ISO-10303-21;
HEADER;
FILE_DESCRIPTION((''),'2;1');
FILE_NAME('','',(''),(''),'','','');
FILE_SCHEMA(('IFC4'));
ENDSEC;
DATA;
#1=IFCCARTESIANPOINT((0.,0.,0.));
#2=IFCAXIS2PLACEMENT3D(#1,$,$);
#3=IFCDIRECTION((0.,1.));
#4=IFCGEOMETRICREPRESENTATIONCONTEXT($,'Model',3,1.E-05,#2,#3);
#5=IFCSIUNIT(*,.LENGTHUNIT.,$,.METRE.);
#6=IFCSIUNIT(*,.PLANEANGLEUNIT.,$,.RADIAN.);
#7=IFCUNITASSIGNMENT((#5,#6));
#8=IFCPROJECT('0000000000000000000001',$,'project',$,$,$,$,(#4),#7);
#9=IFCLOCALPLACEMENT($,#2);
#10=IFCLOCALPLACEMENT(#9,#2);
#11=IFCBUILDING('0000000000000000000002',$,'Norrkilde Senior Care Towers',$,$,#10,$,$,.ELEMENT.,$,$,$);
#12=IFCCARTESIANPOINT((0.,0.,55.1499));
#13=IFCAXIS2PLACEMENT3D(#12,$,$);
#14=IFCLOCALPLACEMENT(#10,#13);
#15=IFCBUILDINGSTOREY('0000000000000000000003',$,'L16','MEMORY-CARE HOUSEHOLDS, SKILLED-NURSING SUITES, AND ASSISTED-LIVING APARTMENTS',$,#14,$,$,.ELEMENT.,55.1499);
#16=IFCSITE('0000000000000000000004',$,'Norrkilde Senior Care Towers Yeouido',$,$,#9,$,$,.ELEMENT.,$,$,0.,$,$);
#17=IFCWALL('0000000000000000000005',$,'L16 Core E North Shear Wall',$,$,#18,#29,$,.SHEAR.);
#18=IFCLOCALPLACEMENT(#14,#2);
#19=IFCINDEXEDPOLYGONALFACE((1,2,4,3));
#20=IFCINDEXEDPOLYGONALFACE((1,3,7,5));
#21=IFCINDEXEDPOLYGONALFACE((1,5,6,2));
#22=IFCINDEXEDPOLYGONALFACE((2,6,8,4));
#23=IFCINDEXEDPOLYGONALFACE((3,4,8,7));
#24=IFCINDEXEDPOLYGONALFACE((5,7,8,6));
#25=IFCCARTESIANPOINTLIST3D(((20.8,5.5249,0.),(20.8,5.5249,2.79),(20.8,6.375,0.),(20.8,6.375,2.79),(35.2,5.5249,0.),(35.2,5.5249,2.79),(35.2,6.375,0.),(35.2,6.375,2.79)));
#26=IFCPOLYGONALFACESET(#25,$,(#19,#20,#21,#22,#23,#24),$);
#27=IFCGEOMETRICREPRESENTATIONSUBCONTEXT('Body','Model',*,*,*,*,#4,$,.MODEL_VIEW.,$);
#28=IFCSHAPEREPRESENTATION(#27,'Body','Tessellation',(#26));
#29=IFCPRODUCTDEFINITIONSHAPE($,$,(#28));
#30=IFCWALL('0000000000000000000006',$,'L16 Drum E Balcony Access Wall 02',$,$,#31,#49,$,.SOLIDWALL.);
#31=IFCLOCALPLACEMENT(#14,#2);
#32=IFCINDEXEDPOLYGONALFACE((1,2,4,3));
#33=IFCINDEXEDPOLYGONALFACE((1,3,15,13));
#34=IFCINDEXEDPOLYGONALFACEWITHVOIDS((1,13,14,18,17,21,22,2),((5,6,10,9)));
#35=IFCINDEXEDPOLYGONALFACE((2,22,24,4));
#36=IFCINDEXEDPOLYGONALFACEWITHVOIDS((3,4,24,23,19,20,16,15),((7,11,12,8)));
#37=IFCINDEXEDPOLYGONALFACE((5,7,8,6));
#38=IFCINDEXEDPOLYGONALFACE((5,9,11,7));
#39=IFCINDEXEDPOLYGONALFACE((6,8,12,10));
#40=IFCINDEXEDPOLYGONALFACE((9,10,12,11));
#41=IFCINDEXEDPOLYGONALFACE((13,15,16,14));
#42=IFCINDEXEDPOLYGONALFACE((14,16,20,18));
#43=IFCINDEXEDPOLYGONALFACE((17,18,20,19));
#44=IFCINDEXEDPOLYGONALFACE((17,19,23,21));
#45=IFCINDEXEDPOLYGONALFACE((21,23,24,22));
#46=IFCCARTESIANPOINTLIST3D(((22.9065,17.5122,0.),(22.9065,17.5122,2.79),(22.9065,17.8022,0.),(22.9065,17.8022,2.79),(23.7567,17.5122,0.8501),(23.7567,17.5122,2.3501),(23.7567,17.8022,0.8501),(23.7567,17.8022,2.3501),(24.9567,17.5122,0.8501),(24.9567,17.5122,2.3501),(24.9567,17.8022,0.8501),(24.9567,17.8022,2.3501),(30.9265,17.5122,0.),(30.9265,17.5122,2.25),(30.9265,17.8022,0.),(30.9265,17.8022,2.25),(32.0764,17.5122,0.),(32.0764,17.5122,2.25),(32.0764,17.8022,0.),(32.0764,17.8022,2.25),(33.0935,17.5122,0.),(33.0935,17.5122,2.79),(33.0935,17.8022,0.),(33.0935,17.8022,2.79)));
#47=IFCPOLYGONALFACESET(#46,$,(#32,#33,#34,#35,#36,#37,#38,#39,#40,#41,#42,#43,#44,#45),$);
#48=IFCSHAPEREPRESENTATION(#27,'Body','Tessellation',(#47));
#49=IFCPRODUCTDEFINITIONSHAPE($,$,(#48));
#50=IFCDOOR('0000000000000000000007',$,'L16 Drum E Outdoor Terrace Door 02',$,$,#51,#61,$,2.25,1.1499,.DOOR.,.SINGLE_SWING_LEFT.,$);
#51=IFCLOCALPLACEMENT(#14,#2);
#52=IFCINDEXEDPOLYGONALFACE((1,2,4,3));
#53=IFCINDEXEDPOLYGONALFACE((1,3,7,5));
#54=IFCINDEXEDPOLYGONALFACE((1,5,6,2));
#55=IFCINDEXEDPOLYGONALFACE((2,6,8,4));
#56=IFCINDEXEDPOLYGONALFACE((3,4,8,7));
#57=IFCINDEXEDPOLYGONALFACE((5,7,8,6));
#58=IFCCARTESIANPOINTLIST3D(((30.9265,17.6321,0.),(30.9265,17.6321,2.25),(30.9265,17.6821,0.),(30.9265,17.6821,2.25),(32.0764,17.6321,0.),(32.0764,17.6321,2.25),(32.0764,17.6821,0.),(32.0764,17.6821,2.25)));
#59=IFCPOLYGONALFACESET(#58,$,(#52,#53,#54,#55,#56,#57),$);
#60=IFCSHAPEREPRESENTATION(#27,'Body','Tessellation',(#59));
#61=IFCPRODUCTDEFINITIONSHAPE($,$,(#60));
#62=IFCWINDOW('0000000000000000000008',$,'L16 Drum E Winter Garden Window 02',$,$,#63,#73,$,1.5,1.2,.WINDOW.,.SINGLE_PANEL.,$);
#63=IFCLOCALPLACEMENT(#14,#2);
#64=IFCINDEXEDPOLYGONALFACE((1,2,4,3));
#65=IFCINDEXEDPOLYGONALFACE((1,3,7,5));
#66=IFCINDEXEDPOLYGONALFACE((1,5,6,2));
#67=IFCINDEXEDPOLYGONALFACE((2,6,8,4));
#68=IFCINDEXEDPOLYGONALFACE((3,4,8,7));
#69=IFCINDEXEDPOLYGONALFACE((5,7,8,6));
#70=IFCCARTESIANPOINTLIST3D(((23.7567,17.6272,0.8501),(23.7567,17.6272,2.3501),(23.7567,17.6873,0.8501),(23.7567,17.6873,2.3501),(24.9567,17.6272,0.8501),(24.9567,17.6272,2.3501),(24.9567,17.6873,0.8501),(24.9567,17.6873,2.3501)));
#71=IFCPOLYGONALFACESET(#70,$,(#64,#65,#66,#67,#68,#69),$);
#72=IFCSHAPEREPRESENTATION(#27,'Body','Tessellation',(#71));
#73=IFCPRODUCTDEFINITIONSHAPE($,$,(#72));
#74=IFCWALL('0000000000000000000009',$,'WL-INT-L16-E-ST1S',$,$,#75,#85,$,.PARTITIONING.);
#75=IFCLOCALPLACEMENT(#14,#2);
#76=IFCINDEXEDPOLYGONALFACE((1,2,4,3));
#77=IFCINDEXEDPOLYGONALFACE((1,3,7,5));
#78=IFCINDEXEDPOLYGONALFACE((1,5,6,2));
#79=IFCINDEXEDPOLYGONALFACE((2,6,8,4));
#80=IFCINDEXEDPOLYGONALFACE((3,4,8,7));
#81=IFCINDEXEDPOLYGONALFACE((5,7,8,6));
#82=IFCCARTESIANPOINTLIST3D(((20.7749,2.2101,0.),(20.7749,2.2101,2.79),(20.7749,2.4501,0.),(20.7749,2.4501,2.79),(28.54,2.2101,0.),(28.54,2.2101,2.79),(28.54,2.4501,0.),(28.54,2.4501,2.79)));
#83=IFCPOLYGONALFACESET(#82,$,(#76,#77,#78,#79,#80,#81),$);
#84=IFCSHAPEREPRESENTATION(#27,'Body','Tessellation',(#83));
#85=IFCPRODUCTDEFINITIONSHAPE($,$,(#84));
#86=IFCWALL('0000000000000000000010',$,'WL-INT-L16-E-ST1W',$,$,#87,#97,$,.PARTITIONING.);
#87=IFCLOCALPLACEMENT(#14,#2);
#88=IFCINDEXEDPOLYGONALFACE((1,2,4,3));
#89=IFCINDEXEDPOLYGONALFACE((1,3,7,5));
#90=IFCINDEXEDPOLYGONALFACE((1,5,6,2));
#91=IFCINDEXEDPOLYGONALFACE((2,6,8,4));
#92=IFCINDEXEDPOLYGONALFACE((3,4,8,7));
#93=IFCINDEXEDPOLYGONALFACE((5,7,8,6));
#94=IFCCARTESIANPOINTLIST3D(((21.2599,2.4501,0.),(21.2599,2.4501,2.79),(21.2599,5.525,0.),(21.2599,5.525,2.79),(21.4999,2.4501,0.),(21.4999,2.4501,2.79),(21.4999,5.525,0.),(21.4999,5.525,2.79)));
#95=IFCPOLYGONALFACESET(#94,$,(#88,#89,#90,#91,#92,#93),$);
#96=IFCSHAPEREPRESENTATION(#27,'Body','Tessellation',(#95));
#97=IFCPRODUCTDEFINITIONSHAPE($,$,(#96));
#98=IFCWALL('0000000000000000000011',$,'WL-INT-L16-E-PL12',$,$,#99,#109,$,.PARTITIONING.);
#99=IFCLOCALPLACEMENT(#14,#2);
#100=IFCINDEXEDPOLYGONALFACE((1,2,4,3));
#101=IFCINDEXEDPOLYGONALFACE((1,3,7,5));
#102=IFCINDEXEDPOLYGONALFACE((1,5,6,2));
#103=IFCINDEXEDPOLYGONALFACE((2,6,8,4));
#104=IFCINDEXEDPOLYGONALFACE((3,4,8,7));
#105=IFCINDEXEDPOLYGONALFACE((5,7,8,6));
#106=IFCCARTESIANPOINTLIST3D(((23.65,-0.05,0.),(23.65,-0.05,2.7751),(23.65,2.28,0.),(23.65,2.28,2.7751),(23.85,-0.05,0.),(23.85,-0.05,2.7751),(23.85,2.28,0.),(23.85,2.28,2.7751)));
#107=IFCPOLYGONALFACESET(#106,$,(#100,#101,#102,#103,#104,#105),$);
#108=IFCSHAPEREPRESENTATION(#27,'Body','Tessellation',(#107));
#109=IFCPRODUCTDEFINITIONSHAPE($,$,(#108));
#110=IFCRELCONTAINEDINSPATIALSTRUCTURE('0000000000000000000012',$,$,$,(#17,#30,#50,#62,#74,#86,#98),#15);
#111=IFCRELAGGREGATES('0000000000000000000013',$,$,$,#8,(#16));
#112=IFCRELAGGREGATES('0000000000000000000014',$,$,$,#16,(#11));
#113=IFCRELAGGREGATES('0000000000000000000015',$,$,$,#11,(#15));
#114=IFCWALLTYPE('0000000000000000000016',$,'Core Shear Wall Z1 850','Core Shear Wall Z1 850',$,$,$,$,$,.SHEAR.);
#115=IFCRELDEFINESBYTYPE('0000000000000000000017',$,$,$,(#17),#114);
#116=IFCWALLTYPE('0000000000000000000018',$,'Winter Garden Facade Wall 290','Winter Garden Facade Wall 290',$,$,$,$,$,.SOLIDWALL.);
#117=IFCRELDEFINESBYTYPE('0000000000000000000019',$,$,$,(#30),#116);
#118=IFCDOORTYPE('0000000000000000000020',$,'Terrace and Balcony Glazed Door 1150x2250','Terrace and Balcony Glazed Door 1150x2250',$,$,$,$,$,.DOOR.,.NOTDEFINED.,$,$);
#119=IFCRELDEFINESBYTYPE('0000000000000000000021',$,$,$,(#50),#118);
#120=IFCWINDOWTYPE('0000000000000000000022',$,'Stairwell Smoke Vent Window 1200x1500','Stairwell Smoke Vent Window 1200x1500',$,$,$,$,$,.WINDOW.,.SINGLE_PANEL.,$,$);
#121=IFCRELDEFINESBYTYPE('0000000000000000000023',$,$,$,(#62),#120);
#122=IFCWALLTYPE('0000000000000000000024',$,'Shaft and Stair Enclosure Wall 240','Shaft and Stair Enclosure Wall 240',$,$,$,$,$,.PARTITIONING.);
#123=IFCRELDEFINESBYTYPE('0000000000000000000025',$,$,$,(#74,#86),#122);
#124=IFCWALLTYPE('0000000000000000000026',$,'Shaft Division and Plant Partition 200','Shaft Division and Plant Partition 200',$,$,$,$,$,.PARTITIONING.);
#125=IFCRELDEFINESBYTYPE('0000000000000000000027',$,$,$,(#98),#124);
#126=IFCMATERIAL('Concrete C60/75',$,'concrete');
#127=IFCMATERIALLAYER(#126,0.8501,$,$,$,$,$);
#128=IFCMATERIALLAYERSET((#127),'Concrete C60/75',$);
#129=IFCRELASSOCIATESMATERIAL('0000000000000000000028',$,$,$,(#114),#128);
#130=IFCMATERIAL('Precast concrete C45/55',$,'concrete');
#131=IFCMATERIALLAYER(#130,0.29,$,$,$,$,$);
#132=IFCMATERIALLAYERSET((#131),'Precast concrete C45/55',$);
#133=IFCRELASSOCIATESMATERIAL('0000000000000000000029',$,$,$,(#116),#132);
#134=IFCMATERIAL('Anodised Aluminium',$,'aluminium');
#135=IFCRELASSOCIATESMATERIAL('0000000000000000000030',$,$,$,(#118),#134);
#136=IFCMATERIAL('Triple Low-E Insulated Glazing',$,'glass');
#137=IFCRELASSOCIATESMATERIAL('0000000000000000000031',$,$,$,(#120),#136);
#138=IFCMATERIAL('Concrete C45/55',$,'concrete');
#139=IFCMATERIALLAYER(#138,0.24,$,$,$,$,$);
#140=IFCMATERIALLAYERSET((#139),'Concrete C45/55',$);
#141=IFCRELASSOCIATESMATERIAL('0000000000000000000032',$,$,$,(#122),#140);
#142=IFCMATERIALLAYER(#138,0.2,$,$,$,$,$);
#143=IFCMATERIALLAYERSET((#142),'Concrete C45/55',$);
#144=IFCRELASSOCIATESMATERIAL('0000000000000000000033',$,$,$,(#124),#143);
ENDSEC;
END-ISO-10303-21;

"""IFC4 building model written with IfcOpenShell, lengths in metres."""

from ifc_helpers import new_model, si_unit, direction, frame, frame_2d, origin, place, context, subcontext, project, spatial, rectangle, extrude, source, transform, mapped, material, layer, layer_set, type_object, type_shapes, element, fill, save


model = new_model("IFC4")

# Units and contexts
model_context = context("Model", 3, precision=1e-05, world=origin(), true_north=direction((0.0, 1.0)))
body_context = subcontext(model_context, "Body", "Model", "MODEL_VIEW")
ifc_project = project(units=[si_unit("LENGTHUNIT", "METRE"), si_unit("PLANEANGLEUNIT", "RADIAN")], contexts=[model_context])

# Site, building, storey
site_placement = place(None, origin())
site = spatial("IfcSite", under=ifc_project, at=site_placement, Name="Norrkilde Senior Care Towers Yeouido", CompositionType="ELEMENT", RefElevation=0.0)
building_placement = place(site_placement, origin())
building = spatial("IfcBuilding", under=site, at=building_placement, Name="Norrkilde Senior Care Towers", CompositionType="ELEMENT")
storey_placement = place(building_placement, frame((0.0, 0.0, 55.1499)))
storey = spatial("IfcBuildingStorey", under=building, at=storey_placement, Name="L16", Description="MEMORY-CARE HOUSEHOLDS, SKILLED-NURSING SUITES, AND ASSISTED-LIVING APARTMENTS", CompositionType="ELEMENT", Elevation=55.1499)

# Shared definitions
ifc_material_1 = material(Name="Concrete C60/75", Category="concrete")

# Shared definitions
ifc_material_2 = material(Name="Triple Low-E Insulated Glazing", Category="glass")
ifc_material_3 = material(Name="Anodised Aluminium", Category="aluminium")

# Wall
ifc_layer_1 = layer(ifc_material_1, 0.8501)
ifc_layer_set_1 = layer_set([ifc_layer_1], Name="Concrete C60/75")
wall_type_1 = type_object("IfcWallType", Name="Core Shear Wall Z1 850", Description="Core Shear Wall Z1 850", PredefinedType="SHEAR", material=ifc_layer_set_1)
shared_shape_1 = source(origin(), body_context, "Body", "SweptSolid", [
    extrude(rectangle(XDim=14.3999, YDim=0.8501, at=frame_2d((7.2, 0.0))), origin(), (0.0, 0.0, 1.0), 2.79),
])
type_shapes(wall_type_1, [shared_shape_1])
wall_1_placement = place(storey_placement, frame((20.8, 5.95, 0.0), z_axis=(0.0, 0.0, 1.0), x_axis=(1.0, 0.0, 0.0)))
element("IfcWall", 1, at=wall_1_placement, inside=storey, type_object=wall_type_1, Name="L16 Core E North Shear Wall", PredefinedType="SHEAR", context=body_context, shape_type="MappedRepresentation", body=[
    mapped(shared_shape_1, transform((0.0, 0.0, 0.0), x_axis=(1.0, 0.0, 0.0), y_axis=(0.0, 1.0, 0.0), z_axis=(0.0, 0.0, 1.0), scale=1.0)),
])

# Wall, openings, door, window
ifc_material_4 = material(Name="Precast concrete C45/55", Category="concrete")
ifc_layer_2 = layer(ifc_material_4, 0.29)
ifc_layer_set_2 = layer_set([ifc_layer_2], Name="Precast concrete C45/55")
wall_type_2 = type_object("IfcWallType", Name="Winter Garden Facade Wall 290", Description="Winter Garden Facade Wall 290", PredefinedType="SOLIDWALL", material=ifc_layer_set_2)
shared_shape_2 = source(origin(), body_context, "Body", "SweptSolid", [
    extrude(rectangle(XDim=10.187, YDim=0.29, at=frame_2d((5.0935, 0.0))), origin(), (0.0, 0.0, 1.0), 2.79),
])
type_shapes(wall_type_2, [shared_shape_2])
wall_2_placement = place(storey_placement, frame((22.9065, 17.6572, 0.0), z_axis=(0.0, 0.0, 1.0), x_axis=(1.0, 0.0, 0.0)))
wall_2 = element("IfcWall", 2, at=wall_2_placement, inside=storey, type_object=wall_type_2, Name="L16 Drum E Balcony Access Wall 02", PredefinedType="SOLIDWALL", context=body_context, shape_type="MappedRepresentation", body=[
    mapped(shared_shape_2, transform((0.0, 0.0, 0.0), x_axis=(1.0, 0.0, 0.0), y_axis=(0.0, 1.0, 0.0), z_axis=(0.0, 0.0, 1.0), scale=1.0)),
])
opening_1_placement = place(wall_2_placement, frame((8.02, 0.0, 0.0)))
opening_1 = element("IfcOpeningElement", 3, at=opening_1_placement, cuts=wall_2, PredefinedType="OPENING", context=body_context, shape_type="SweptSolid", body=[
    extrude(rectangle(XDim=1.1499, YDim=2.25, at=frame_2d((0.575, 1.125))), frame((0.0, 0.155, 0.0), z_axis=(0.0, -1.0, 0.0), x_axis=(1.0, 0.0, 0.0)), (0.0, 0.0, 1.0), 0.3101),
])
opening_2_placement = place(wall_2_placement, frame((0.8501, 0.0, 0.8501)))
opening_2 = element("IfcOpeningElement", 4, at=opening_2_placement, cuts=wall_2, PredefinedType="OPENING", context=body_context, shape_type="SweptSolid", body=[
    extrude(rectangle(XDim=1.2, YDim=1.5, at=frame_2d((0.6001, 0.75))), frame((0.0, 0.155, 0.0), z_axis=(0.0, -1.0, 0.0), x_axis=(1.0, 0.0, 0.0)), (0.0, 0.0, 1.0), 0.3101),
])
door_type_1 = type_object("IfcDoorType", Name="Terrace and Balcony Glazed Door 1150x2250", Description="Terrace and Balcony Glazed Door 1150x2250", OperationType="NOTDEFINED", PredefinedType="DOOR", material=ifc_material_3)
shared_shape_3 = source(origin(), body_context, "Body", "SweptSolid", [
    extrude(rectangle(XDim=1.1499, YDim=2.25, at=frame_2d((0.575, 1.125))), frame((0.0, 0.0249, 0.0), z_axis=(0.0, -1.0, 0.0), x_axis=(1.0, 0.0, 0.0)), (0.0, 0.0, 1.0), 0.05),
])
type_shapes(door_type_1, [shared_shape_3])
door_1_placement = place(opening_1_placement, origin())
door_1 = element("IfcDoor", 5, at=door_1_placement, inside=storey, type_object=door_type_1, Name="L16 Drum E Outdoor Terrace Door 02", OperationType="SINGLE_SWING_LEFT", OverallHeight=2.25, OverallWidth=1.1499, PredefinedType="DOOR", context=body_context, shape_type="MappedRepresentation", body=[
    mapped(shared_shape_3, transform((0.0, 0.0, 0.0), x_axis=(1.0, 0.0, 0.0), y_axis=(0.0, 1.0, 0.0), z_axis=(0.0, 0.0, 1.0), scale=1.0)),
])
fill(opening_1, door_1)
window_type = type_object("IfcWindowType", Name="Stairwell Smoke Vent Window 1200x1500", Description="Stairwell Smoke Vent Window 1200x1500", PartitioningType="SINGLE_PANEL", PredefinedType="WINDOW", material=ifc_material_2)
shared_shape_4 = source(origin(), body_context, "Body", "SweptSolid", [
    extrude(rectangle(XDim=1.2, YDim=1.5, at=frame_2d((0.6001, 0.75))), frame((0.0, 0.03, 0.0), z_axis=(0.0, -1.0, 0.0), x_axis=(1.0, 0.0, 0.0)), (0.0, 0.0, 1.0), 0.0601),
])
type_shapes(window_type, [shared_shape_4])
window_placement = place(opening_2_placement, origin())
window = element("IfcWindow", 6, at=window_placement, inside=storey, type_object=window_type, Name="L16 Drum E Winter Garden Window 02", OverallHeight=1.5, OverallWidth=1.2, PartitioningType="SINGLE_PANEL", PredefinedType="WINDOW", context=body_context, shape_type="MappedRepresentation", body=[
    mapped(shared_shape_4, transform((0.0, 0.0, 0.0), x_axis=(1.0, 0.0, 0.0), y_axis=(0.0, 1.0, 0.0), z_axis=(0.0, 0.0, 1.0), scale=1.0)),
])
fill(opening_2, window)

# Walls
ifc_material_5 = material(Name="Concrete C45/55", Category="concrete")
ifc_layer_3 = layer(ifc_material_5, 0.24)
ifc_layer_set_3 = layer_set([ifc_layer_3], Name="Concrete C45/55")
wall_type_3 = type_object("IfcWallType", Name="Shaft and Stair Enclosure Wall 240", Description="Shaft and Stair Enclosure Wall 240", PredefinedType="PARTITIONING", material=ifc_layer_set_3)
shared_shape_5 = source(origin(), body_context, "Body", "SweptSolid", [
    extrude(rectangle(XDim=7.7651, YDim=0.24, at=frame_2d((3.8826, 0.0))), origin(), (0.0, 0.0, 1.0), 2.79),
])
wall_3_placement = place(storey_placement, frame((20.7749, 2.3301, 0.0), z_axis=(0.0, 0.0, 1.0), x_axis=(1.0, 0.0, 0.0)))
element("IfcWall", 7, at=wall_3_placement, inside=storey, type_object=wall_type_3, Name="WL-INT-L16-E-ST1S", PredefinedType="PARTITIONING", context=body_context, shape_type="MappedRepresentation", body=[
    mapped(shared_shape_5, transform((0.0, 0.0, 0.0), x_axis=(1.0, 0.0, 0.0), y_axis=(0.0, 1.0, 0.0), z_axis=(0.0, 0.0, 1.0), scale=1.0)),
])
shared_shape_6 = source(origin(), body_context, "Body", "SweptSolid", [
    extrude(rectangle(XDim=3.075, YDim=0.24, at=frame_2d((1.5376, 0.0))), origin(), (0.0, 0.0, 1.0), 2.79),
])
type_shapes(wall_type_3, [shared_shape_5, shared_shape_6])
wall_4_placement = place(storey_placement, frame((21.3799, 2.45, 0.0), z_axis=(0.0, 0.0, 1.0), x_axis=(0.0, 1.0, 0.0)))
element("IfcWall", 8, at=wall_4_placement, inside=storey, type_object=wall_type_3, Name="WL-INT-L16-E-ST1W", PredefinedType="PARTITIONING", context=body_context, shape_type="MappedRepresentation", body=[
    mapped(shared_shape_6, transform((0.0, 0.0, 0.0), x_axis=(1.0, 0.0, 0.0), y_axis=(0.0, 1.0, 0.0), z_axis=(0.0, 0.0, 1.0), scale=1.0)),
])
ifc_layer_4 = layer(ifc_material_5, 0.2)
ifc_layer_set_4 = layer_set([ifc_layer_4], Name="Concrete C45/55")
wall_type_4 = type_object("IfcWallType", Name="Shaft Division and Plant Partition 200", Description="Shaft Division and Plant Partition 200", PredefinedType="PARTITIONING", material=ifc_layer_set_4)
shared_shape_7 = source(origin(), body_context, "Body", "SweptSolid", [
    extrude(rectangle(XDim=2.3301, YDim=0.2, at=frame_2d((1.165, 0.0))), origin(), (0.0, 0.0, 1.0), 2.7751),
])
type_shapes(wall_type_4, [shared_shape_7])
wall_5_placement = place(storey_placement, frame((23.75, -0.05, 0.0), z_axis=(0.0, 0.0, 1.0), x_axis=(0.0, 1.0, 0.0)))
element("IfcWall", 9, at=wall_5_placement, inside=storey, type_object=wall_type_4, Name="WL-INT-L16-E-PL12", PredefinedType="PARTITIONING", context=body_context, shape_type="MappedRepresentation", body=[
    mapped(shared_shape_7, transform((0.0, 0.0, 0.0), x_axis=(1.0, 0.0, 0.0), y_axis=(0.0, 1.0, 0.0), z_axis=(0.0, 0.0, 1.0), scale=1.0)),
])

save(model, "model.ifc")
